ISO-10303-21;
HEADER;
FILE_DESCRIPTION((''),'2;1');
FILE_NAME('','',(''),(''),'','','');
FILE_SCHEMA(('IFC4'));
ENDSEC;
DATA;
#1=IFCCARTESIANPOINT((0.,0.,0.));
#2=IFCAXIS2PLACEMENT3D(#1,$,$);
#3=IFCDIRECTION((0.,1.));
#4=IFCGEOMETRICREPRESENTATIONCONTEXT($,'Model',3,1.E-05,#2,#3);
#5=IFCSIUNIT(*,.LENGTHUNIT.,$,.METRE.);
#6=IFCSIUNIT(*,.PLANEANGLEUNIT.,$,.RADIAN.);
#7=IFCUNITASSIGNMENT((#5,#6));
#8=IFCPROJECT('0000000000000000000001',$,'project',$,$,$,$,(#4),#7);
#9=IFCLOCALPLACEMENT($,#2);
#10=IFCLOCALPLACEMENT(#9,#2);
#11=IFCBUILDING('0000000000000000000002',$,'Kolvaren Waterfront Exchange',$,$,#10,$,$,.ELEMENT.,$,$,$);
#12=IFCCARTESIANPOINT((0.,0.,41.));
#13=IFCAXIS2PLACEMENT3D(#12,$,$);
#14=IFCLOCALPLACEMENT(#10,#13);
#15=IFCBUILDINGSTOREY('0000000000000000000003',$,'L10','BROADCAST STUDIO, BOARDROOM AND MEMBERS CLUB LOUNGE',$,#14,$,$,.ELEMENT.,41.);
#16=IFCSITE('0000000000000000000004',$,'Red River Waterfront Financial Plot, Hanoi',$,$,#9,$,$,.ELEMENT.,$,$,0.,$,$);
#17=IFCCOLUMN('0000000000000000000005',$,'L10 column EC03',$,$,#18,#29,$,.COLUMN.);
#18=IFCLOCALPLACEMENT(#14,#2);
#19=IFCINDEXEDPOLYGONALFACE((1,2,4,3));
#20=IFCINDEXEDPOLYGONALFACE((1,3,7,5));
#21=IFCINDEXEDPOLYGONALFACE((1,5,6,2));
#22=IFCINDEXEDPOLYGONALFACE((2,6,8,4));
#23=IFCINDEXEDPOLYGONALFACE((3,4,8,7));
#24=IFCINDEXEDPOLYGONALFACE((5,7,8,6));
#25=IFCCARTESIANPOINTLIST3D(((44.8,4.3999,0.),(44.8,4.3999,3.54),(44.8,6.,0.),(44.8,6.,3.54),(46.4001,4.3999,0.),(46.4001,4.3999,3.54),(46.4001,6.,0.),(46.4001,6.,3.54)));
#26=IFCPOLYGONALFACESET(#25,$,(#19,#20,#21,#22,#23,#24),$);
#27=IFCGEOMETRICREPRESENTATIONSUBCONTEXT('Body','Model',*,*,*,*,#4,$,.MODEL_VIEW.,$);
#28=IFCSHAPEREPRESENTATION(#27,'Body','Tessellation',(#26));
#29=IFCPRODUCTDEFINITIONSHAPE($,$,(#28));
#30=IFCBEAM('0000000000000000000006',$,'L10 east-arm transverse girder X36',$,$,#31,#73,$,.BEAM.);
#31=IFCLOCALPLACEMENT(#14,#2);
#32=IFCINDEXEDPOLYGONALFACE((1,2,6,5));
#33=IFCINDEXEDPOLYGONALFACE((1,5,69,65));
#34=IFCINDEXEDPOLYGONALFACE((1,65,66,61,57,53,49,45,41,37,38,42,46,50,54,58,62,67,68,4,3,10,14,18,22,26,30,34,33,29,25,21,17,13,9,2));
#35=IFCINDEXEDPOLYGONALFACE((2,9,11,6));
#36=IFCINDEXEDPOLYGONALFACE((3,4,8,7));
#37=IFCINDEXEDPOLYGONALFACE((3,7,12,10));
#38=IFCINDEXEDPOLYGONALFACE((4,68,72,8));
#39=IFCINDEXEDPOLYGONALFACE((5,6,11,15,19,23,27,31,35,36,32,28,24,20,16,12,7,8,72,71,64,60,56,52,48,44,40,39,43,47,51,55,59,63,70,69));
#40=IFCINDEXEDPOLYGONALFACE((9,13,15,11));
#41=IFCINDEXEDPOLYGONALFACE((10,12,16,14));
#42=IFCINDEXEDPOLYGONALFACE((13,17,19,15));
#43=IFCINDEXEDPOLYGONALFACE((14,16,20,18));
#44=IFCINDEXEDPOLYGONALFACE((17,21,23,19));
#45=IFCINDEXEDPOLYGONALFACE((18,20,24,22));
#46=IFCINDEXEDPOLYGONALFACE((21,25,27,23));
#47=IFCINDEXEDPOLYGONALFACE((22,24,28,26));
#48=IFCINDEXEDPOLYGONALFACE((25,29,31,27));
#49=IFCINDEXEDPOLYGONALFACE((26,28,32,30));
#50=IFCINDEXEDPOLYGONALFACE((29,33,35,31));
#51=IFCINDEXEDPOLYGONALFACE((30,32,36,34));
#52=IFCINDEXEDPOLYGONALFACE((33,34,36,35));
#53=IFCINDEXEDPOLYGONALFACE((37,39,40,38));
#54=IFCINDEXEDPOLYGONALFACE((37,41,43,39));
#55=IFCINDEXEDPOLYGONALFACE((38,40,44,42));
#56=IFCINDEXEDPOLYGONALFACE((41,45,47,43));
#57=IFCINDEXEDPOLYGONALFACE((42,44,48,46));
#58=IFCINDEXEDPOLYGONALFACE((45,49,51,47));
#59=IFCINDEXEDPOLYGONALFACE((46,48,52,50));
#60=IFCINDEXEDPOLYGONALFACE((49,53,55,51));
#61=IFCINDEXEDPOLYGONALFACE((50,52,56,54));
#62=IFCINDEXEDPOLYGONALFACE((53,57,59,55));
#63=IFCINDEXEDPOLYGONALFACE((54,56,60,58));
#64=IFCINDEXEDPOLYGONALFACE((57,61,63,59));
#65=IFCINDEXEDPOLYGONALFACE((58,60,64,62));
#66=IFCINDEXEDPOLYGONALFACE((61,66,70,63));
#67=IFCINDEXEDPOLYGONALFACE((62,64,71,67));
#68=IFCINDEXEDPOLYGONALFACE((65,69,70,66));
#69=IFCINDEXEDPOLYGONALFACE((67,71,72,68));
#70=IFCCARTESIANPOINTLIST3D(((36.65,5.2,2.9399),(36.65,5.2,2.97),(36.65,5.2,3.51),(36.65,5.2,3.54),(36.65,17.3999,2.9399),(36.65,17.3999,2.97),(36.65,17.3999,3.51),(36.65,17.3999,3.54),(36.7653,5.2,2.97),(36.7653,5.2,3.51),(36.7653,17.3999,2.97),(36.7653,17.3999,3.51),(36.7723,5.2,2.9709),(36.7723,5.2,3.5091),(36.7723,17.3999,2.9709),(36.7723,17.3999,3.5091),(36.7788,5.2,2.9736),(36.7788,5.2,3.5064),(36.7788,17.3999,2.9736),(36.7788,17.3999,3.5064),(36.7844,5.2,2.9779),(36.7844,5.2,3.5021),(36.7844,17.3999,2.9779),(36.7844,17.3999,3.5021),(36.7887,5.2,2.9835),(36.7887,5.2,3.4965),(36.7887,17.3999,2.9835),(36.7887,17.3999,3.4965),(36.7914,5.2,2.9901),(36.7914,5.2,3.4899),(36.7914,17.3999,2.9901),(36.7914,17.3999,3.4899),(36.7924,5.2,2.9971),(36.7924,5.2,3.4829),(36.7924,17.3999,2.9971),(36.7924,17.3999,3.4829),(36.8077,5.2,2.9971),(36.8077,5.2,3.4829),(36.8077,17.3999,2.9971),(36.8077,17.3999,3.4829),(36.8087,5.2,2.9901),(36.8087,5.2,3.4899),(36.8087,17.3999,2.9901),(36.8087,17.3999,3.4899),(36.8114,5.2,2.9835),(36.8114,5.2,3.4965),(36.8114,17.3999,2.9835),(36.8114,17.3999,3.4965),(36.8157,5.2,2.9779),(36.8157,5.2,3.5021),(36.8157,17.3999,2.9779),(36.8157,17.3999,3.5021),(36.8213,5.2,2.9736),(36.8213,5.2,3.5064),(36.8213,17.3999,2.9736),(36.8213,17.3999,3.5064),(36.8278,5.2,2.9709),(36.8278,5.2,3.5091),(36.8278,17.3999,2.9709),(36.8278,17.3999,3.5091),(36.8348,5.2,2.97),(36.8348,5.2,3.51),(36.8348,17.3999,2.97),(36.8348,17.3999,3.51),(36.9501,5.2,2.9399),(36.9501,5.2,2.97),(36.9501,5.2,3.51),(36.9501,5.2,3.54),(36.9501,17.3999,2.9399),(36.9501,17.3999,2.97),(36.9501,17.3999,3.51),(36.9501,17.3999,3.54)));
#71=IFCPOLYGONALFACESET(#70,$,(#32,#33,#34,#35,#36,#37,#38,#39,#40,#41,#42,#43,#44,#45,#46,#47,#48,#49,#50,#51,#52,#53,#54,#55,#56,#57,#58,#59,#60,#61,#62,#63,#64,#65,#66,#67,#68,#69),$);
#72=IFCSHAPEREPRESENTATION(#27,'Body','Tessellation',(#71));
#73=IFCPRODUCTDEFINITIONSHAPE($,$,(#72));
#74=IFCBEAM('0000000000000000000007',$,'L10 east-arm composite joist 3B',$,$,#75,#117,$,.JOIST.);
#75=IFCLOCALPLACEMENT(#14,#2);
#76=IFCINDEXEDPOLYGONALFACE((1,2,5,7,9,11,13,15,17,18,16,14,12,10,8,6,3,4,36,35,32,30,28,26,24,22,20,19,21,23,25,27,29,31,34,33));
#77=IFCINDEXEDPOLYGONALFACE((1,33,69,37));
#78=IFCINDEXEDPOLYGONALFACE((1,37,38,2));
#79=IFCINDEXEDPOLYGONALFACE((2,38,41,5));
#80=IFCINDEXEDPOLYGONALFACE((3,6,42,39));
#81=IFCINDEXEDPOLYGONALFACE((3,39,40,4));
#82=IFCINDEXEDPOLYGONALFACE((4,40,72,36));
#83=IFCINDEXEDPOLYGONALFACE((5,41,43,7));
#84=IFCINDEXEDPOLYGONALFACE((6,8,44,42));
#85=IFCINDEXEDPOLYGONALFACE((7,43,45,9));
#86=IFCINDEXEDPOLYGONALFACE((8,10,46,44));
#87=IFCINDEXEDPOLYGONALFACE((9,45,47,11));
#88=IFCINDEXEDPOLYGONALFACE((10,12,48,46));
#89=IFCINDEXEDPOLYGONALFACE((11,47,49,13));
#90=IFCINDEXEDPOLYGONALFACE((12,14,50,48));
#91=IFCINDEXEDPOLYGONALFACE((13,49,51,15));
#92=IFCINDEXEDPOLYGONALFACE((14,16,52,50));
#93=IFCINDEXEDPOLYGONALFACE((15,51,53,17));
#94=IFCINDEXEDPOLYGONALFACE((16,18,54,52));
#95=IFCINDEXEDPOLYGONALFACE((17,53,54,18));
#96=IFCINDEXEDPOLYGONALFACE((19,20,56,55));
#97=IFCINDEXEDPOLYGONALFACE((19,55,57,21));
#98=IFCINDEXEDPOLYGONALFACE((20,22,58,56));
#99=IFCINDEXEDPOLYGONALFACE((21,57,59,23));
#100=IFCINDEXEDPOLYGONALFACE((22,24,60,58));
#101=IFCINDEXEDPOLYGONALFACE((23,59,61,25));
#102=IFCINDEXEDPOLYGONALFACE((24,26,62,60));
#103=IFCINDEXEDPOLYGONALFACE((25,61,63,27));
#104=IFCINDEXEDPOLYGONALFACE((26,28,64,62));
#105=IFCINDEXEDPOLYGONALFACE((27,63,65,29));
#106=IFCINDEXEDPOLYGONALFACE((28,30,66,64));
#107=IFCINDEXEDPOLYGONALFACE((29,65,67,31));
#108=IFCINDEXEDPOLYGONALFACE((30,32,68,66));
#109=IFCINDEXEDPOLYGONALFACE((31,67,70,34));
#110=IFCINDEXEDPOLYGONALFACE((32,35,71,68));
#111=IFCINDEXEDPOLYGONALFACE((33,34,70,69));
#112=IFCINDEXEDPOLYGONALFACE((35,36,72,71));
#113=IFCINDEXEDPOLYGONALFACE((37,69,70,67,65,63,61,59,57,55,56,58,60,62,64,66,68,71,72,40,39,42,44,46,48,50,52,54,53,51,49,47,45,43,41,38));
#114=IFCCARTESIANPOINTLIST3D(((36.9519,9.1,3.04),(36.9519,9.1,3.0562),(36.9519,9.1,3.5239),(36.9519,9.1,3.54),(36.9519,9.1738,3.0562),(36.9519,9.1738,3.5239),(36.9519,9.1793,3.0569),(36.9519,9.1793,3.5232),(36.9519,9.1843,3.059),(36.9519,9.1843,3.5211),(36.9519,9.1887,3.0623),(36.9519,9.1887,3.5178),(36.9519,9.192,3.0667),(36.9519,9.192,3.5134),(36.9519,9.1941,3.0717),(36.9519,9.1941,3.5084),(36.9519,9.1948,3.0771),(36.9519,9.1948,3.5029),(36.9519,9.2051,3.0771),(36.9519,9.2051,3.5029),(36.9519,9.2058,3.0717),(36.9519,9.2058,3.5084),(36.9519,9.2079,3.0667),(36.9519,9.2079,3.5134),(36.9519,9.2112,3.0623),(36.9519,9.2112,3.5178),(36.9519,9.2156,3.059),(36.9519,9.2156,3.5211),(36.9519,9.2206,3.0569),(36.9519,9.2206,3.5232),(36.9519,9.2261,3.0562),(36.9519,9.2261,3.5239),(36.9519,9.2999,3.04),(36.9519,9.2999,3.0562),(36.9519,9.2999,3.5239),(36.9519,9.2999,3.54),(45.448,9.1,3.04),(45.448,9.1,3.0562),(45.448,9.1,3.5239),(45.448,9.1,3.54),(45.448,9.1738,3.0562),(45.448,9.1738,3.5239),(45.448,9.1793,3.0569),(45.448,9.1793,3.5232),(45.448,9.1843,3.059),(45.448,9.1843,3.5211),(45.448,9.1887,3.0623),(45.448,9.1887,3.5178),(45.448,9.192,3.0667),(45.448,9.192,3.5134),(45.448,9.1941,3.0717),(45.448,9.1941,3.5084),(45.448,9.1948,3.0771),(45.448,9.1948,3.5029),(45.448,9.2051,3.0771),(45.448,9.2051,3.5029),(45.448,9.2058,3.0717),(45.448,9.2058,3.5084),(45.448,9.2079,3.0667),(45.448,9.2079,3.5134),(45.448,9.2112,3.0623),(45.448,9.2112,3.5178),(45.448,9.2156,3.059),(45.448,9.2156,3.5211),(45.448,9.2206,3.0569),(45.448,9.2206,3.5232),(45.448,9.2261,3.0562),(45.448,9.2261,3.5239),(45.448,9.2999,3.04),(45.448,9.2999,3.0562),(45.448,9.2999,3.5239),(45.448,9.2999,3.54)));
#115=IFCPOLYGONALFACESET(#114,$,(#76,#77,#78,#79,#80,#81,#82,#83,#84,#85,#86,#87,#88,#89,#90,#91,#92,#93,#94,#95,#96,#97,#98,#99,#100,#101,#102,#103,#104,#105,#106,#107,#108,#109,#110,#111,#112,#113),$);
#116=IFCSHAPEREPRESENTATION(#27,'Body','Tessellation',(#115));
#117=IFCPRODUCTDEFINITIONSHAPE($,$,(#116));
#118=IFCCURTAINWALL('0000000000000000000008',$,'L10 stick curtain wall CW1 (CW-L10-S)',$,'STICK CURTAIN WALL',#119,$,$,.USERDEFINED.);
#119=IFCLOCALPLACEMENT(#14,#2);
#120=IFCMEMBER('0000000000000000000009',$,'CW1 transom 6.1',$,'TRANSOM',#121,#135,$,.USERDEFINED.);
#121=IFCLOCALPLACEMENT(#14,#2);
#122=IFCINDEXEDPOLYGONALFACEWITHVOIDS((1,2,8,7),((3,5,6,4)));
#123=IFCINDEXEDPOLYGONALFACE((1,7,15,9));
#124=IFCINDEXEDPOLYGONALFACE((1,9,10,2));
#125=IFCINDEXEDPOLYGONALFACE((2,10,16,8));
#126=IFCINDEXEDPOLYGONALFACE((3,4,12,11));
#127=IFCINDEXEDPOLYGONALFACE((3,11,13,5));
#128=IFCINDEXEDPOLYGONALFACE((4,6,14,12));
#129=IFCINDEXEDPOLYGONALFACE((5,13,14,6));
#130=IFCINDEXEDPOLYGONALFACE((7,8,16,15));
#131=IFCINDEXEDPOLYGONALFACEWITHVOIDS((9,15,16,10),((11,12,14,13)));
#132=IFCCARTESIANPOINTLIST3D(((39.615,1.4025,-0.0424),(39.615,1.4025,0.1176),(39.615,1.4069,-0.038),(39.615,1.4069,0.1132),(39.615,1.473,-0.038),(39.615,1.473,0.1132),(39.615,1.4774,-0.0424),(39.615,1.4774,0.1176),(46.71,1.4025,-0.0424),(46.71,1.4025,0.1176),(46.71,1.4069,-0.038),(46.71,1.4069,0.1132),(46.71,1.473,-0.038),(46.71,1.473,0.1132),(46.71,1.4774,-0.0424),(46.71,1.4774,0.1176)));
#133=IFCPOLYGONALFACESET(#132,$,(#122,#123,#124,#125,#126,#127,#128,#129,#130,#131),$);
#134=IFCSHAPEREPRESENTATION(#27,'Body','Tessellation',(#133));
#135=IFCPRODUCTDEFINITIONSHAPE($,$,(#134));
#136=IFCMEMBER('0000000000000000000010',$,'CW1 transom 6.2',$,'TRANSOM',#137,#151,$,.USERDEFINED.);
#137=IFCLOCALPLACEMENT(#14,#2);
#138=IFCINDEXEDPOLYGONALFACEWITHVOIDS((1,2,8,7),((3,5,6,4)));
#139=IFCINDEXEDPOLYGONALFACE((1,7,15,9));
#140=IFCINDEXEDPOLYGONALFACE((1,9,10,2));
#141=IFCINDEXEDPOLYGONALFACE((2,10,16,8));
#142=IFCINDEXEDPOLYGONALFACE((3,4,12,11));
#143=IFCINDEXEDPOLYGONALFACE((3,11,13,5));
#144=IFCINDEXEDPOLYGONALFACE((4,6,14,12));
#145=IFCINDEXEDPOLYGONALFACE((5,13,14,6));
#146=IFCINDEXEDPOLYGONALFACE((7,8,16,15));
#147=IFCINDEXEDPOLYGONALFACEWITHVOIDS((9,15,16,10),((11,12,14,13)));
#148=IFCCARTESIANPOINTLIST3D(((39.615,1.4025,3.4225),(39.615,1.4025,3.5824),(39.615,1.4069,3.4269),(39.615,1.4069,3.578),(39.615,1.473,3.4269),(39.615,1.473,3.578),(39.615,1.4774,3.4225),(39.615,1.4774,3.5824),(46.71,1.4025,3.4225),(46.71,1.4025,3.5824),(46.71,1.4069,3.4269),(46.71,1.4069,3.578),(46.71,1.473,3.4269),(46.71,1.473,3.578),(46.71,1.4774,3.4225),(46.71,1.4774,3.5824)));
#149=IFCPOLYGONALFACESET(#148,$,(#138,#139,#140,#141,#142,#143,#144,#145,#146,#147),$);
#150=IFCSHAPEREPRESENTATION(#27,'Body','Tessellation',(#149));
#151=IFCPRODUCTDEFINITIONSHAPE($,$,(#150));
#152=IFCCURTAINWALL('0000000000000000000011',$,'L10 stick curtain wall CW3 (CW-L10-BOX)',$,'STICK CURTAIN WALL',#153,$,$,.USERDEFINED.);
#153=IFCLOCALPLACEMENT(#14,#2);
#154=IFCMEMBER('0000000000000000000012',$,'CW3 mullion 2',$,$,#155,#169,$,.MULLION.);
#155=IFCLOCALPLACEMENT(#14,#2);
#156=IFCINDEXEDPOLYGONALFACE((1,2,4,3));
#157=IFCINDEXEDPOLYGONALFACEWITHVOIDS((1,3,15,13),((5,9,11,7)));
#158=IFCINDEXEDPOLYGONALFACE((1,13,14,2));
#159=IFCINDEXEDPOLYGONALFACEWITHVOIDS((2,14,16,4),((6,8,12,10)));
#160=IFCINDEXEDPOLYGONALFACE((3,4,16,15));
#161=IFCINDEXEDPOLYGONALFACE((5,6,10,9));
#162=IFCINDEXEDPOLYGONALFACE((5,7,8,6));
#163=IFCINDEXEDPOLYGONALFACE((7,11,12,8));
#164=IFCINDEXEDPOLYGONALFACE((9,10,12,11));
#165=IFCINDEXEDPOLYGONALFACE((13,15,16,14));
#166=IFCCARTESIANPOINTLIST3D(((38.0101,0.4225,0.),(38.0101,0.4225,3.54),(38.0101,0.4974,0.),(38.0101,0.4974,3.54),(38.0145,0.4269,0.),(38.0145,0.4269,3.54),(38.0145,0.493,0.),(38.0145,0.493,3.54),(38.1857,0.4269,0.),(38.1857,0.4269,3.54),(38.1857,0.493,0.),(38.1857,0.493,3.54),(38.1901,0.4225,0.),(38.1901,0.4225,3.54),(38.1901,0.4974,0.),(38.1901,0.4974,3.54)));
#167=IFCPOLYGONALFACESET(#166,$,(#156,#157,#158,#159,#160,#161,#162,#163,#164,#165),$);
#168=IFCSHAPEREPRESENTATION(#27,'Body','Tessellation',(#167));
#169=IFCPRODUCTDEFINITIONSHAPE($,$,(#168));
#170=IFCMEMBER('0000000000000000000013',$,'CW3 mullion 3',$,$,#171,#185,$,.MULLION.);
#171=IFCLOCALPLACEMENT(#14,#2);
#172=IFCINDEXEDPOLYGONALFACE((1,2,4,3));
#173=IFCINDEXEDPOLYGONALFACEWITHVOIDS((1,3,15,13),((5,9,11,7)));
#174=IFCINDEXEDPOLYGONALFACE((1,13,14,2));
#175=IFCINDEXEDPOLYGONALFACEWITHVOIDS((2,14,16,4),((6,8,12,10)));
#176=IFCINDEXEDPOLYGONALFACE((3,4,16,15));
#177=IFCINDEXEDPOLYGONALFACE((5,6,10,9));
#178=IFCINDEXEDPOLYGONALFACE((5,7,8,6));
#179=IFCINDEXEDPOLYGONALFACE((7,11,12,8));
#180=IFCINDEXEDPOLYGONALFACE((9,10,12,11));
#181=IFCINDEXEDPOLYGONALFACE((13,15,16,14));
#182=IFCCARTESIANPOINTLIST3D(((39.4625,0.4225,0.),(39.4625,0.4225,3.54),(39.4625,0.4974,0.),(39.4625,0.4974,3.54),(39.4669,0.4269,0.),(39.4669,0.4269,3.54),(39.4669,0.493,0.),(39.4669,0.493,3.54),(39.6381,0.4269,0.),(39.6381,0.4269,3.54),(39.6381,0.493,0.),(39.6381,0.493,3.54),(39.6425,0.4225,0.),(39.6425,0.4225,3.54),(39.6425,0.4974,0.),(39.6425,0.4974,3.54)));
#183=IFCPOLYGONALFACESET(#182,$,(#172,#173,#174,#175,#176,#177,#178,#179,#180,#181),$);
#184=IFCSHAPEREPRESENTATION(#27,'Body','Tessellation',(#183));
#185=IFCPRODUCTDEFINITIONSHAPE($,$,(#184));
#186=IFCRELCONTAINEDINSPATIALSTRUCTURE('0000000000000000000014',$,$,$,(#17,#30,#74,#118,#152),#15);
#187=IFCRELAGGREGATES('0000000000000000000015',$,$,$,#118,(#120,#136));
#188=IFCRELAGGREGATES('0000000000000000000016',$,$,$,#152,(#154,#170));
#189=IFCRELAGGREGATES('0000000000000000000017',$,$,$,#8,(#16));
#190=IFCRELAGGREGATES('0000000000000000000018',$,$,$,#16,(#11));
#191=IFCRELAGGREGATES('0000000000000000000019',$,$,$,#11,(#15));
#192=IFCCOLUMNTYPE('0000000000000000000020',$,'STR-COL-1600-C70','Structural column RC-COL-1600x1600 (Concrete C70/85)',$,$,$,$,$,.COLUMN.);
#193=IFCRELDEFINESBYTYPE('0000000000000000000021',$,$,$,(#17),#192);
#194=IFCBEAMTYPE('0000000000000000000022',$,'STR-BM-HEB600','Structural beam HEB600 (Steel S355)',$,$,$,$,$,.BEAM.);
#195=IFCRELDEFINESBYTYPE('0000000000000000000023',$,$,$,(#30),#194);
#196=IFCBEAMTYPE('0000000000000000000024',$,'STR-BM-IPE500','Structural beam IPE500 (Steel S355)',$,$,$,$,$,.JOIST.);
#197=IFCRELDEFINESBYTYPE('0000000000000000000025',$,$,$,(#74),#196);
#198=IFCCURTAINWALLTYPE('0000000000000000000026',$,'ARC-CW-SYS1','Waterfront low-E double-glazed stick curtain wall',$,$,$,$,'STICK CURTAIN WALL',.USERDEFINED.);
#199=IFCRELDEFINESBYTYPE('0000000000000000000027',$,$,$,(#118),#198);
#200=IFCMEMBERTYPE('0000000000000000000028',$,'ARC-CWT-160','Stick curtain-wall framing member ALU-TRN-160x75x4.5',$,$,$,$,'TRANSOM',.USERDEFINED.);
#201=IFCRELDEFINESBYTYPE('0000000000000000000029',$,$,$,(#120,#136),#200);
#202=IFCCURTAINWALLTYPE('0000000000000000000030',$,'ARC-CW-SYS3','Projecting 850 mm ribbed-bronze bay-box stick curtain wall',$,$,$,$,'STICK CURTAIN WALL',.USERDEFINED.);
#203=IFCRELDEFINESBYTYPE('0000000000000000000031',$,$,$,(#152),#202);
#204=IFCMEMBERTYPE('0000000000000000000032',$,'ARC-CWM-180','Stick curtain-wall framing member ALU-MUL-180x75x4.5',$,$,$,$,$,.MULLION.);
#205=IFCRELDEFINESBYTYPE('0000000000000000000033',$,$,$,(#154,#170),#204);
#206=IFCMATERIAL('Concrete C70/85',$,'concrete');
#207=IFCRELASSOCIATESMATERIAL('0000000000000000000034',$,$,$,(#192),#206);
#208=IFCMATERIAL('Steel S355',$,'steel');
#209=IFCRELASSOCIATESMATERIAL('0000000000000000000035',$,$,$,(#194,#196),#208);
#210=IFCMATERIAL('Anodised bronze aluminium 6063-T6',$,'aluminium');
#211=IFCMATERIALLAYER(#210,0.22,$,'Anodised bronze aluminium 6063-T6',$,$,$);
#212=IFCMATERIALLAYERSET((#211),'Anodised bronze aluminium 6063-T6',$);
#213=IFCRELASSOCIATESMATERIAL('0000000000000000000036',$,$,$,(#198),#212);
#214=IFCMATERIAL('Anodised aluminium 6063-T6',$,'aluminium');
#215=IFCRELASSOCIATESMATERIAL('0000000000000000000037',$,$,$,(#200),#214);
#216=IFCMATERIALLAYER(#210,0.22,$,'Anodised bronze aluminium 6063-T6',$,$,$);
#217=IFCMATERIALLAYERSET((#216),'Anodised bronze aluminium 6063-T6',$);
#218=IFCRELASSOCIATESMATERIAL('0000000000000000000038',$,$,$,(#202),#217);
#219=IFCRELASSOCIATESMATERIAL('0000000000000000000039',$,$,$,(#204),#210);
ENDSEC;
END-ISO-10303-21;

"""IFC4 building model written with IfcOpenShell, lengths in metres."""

from ifc_helpers import new_model, si_unit, direction, frame, origin, origin_with_axes, origin_2d, place, context, subcontext, project, spatial, rectangle, hollow_rectangle, i_section, extrude, source, transform, mapped, material, layer, layer_set, material_profile, profile_set, type_object, element, aggregate, save


model = new_model("IFC4")

# Units and contexts
model_context = context("Model", 3, precision=1e-05, world=origin(), true_north=direction((0.0, 1.0)))
body_context = subcontext(model_context, "Body", "Model", "MODEL_VIEW")
ifc_project = project(units=[si_unit("LENGTHUNIT", "METRE"), si_unit("PLANEANGLEUNIT", "RADIAN")], contexts=[model_context])

# Site, building, storey
site_placement = place(None, origin())
site = spatial("IfcSite", under=ifc_project, at=site_placement, Name="Red River Waterfront Financial Plot, Hanoi", CompositionType="ELEMENT", RefElevation=0.0)
building_placement = place(site_placement, origin())
building = spatial("IfcBuilding", under=site, at=building_placement, Name="Kolvaren Waterfront Exchange", CompositionType="ELEMENT")
storey_placement = place(building_placement, frame((0.0, 0.0, 41.0)))
storey = spatial("IfcBuildingStorey", under=building, at=storey_placement, Name="L10", Description="BROADCAST STUDIO, BOARDROOM AND MEMBERS CLUB LOUNGE", CompositionType="ELEMENT", Elevation=41.0)

# Column
ifc_material_1 = material(Name="Concrete C70/85", Category="concrete")
ifc_material_profile_1 = material_profile(ifc_material_1, rectangle(XDim=1.6001, YDim=1.6001, at=origin_2d()), Name="RC-COL-1600x1600")
ifc_profile_set_1 = profile_set([ifc_material_profile_1], Name="Concrete C70/85")
column_type = type_object("IfcColumnType", Name="STR-COL-1600-C70", Description="Structural column RC-COL-1600x1600 (Concrete C70/85)", PredefinedType="COLUMN", material=ifc_profile_set_1)
column_placement = place(storey_placement, frame((45.6001, 5.2, 0.0), z_axis=(0.0, 0.0, 1.0), x_axis=(1.0, 0.0, 0.0)))
element("IfcColumn", 1, at=column_placement, inside=storey, type_object=column_type, Name="L10 column EC03", PredefinedType="COLUMN", context=body_context, shape_type="SweptSolid", body=[
    extrude(rectangle(XDim=1.6001, YDim=1.6001, at=origin_2d()), origin(), (0.0, 0.0, 1.0), 3.54),
])

# Beams
ifc_material_2 = material(Name="Steel S355", Category="steel")
ifc_material_profile_2 = material_profile(ifc_material_2, i_section(OverallWidth=0.3, OverallDepth=0.6001, WebThickness=0.0154, FlangeThickness=0.03, FilletRadius=0.0271, at=origin_2d()), Name="HEB600")
ifc_profile_set_2 = profile_set([ifc_material_profile_2], Name="Steel S355")
beam_type_1 = type_object("IfcBeamType", Name="STR-BM-HEB600", Description="Structural beam HEB600 (Steel S355)", PredefinedType="BEAM", material=ifc_profile_set_2)
beam_1_placement = place(storey_placement, frame((36.8, 5.2, 3.24), z_axis=(0.0, 1.0, 0.0), x_axis=(-1.0, 0.0, 0.0)))
element("IfcBeam", 2, at=beam_1_placement, inside=storey, type_object=beam_type_1, Name="L10 east-arm transverse girder X36", PredefinedType="BEAM", context=body_context, shape_type="SweptSolid", body=[
    extrude(i_section(OverallWidth=0.3, OverallDepth=0.6001, WebThickness=0.0154, FlangeThickness=0.03, FilletRadius=0.0271, at=origin_2d()), origin(), (0.0, 0.0, 1.0), 12.2),
])
ifc_material_profile_3 = material_profile(ifc_material_2, i_section(OverallWidth=0.2, OverallDepth=0.5, WebThickness=0.0103, FlangeThickness=0.0161, FilletRadius=0.021, at=origin_2d()), Name="IPE500")
ifc_profile_set_3 = profile_set([ifc_material_profile_3], Name="Steel S355")
beam_type_2 = type_object("IfcBeamType", Name="STR-BM-IPE500", Description="Structural beam IPE500 (Steel S355)", PredefinedType="JOIST", material=ifc_profile_set_3)
beam_2_placement = place(storey_placement, frame((36.9519, 9.2, 3.29), z_axis=(1.0, 0.0, 0.0), x_axis=(0.0, 1.0, 0.0)))
element("IfcBeam", 3, at=beam_2_placement, inside=storey, type_object=beam_type_2, Name="L10 east-arm composite joist 3B", PredefinedType="JOIST", context=body_context, shape_type="SweptSolid", body=[
    extrude(i_section(OverallWidth=0.2, OverallDepth=0.5, WebThickness=0.0103, FlangeThickness=0.0161, FilletRadius=0.021, at=origin_2d()), origin(), (0.0, 0.0, 1.0), 8.4961),
])

# Curtain walls, members
ifc_material_3 = material(Name="Anodised bronze aluminium 6063-T6", Category="aluminium")
ifc_layer_1 = layer(ifc_material_3, 0.22, Name="Anodised bronze aluminium 6063-T6")
ifc_layer_set_1 = layer_set([ifc_layer_1], Name="Anodised bronze aluminium 6063-T6")
curtain_wall_type_1 = type_object("IfcCurtainWallType", Name="ARC-CW-SYS1", Description="Waterfront low-E double-glazed stick curtain wall", ElementType="STICK CURTAIN WALL", PredefinedType="USERDEFINED", material=ifc_layer_set_1)
curtain_wall_1_placement = place(storey_placement, origin())
curtain_wall_1 = element("IfcCurtainWall", 4, at=curtain_wall_1_placement, inside=storey, type_object=curtain_wall_type_1, Name="L10 stick curtain wall CW1 (CW-L10-S)", ObjectType="STICK CURTAIN WALL", PredefinedType="USERDEFINED")
ifc_material_4 = material(Name="Anodised aluminium 6063-T6", Category="aluminium")
ifc_material_profile_4 = material_profile(ifc_material_4, hollow_rectangle(XDim=0.075, YDim=0.1599, WallThickness=0.0044, at=origin_2d()), Name="ALU-TRN-160x75x4.5")
ifc_profile_set_4 = profile_set([ifc_material_profile_4], Name="Anodised aluminium 6063-T6")
member_type_1 = type_object("IfcMemberType", Name="ARC-CWT-160", Description="Stick curtain-wall framing member ALU-TRN-160x75x4.5", ElementType="TRANSOM", PredefinedType="USERDEFINED", material=ifc_profile_set_4)
shared_shape_1 = source(origin_with_axes(), body_context, "Body", "SweptSolid", [
    extrude(hollow_rectangle(XDim=0.075, YDim=0.1599, WallThickness=0.0044, at=origin_2d()), origin(), (0.0, 0.0, 1.0), 7.095),
])
member_1_placement = place(storey_placement, frame((39.615, 1.4399, 0.0376), z_axis=(1.0, 0.0, 0.0), x_axis=(0.0, 1.0, 0.0)))
member_1 = element("IfcMember", 5, at=member_1_placement, type_object=member_type_1, Name="CW1 transom 6.1", ObjectType="TRANSOM", PredefinedType="USERDEFINED", context=body_context, shape_type="MappedRepresentation", body=[
    mapped(shared_shape_1, transform((0.0, 0.0, 0.0), x_axis=(1.0, 0.0, 0.0), y_axis=(0.0, 1.0, 0.0), z_axis=(0.0, 0.0, 1.0), scale=1.0)),
])
member_2_placement = place(storey_placement, frame((39.615, 1.4399, 3.5024), z_axis=(1.0, 0.0, 0.0), x_axis=(0.0, 1.0, 0.0)))
member_2 = element("IfcMember", 6, at=member_2_placement, type_object=member_type_1, Name="CW1 transom 6.2", ObjectType="TRANSOM", PredefinedType="USERDEFINED", context=body_context, shape_type="MappedRepresentation", body=[
    mapped(shared_shape_1, transform((0.0, 0.0, 0.0), x_axis=(1.0, 0.0, 0.0), y_axis=(0.0, 1.0, 0.0), z_axis=(0.0, 0.0, 1.0), scale=1.0)),
])
ifc_layer_2 = layer(ifc_material_3, 0.22, Name="Anodised bronze aluminium 6063-T6")
ifc_layer_set_2 = layer_set([ifc_layer_2], Name="Anodised bronze aluminium 6063-T6")
curtain_wall_type_2 = type_object("IfcCurtainWallType", Name="ARC-CW-SYS3", Description="Projecting 850 mm ribbed-bronze bay-box stick curtain wall", ElementType="STICK CURTAIN WALL", PredefinedType="USERDEFINED", material=ifc_layer_set_2)
curtain_wall_2_placement = place(storey_placement, origin())
curtain_wall_2 = element("IfcCurtainWall", 7, at=curtain_wall_2_placement, inside=storey, type_object=curtain_wall_type_2, Name="L10 stick curtain wall CW3 (CW-L10-BOX)", ObjectType="STICK CURTAIN WALL", PredefinedType="USERDEFINED")
ifc_material_profile_5 = material_profile(ifc_material_3, hollow_rectangle(XDim=0.075, YDim=0.1799, WallThickness=0.0044, at=origin_2d()), Name="ALU-MUL-180x75x4.5")
ifc_profile_set_5 = profile_set([ifc_material_profile_5], Name="Anodised bronze aluminium 6063-T6")
member_type_2 = type_object("IfcMemberType", Name="ARC-CWM-180", Description="Stick curtain-wall framing member ALU-MUL-180x75x4.5", PredefinedType="MULLION", material=ifc_profile_set_5)
shared_shape_2 = source(origin_with_axes(), body_context, "Body", "SweptSolid", [
    extrude(hollow_rectangle(XDim=0.075, YDim=0.1799, WallThickness=0.0044, at=origin_2d()), origin(), (0.0, 0.0, 1.0), 3.54),
])
member_3_placement = place(storey_placement, frame((38.1001, 0.46, 0.0), z_axis=(0.0, 0.0, 1.0), x_axis=(0.0, 1.0, 0.0)))
member_3 = element("IfcMember", 8, at=member_3_placement, type_object=member_type_2, Name="CW3 mullion 2", PredefinedType="MULLION", context=body_context, shape_type="MappedRepresentation", body=[
    mapped(shared_shape_2, transform((0.0, 0.0, 0.0), x_axis=(1.0, 0.0, 0.0), y_axis=(0.0, 1.0, 0.0), z_axis=(0.0, 0.0, 1.0), scale=1.0)),
])
member_4_placement = place(storey_placement, frame((39.5525, 0.46, 0.0), z_axis=(0.0, 0.0, 1.0), x_axis=(0.0, 1.0, 0.0)))
member_4 = element("IfcMember", 9, at=member_4_placement, type_object=member_type_2, Name="CW3 mullion 3", PredefinedType="MULLION", context=body_context, shape_type="MappedRepresentation", body=[
    mapped(shared_shape_2, transform((0.0, 0.0, 0.0), x_axis=(1.0, 0.0, 0.0), y_axis=(0.0, 1.0, 0.0), z_axis=(0.0, 0.0, 1.0), scale=1.0)),
])

aggregate(curtain_wall_1, [member_1, member_2])
aggregate(curtain_wall_2, [member_3, member_4])

save(model, "model.ifc")
